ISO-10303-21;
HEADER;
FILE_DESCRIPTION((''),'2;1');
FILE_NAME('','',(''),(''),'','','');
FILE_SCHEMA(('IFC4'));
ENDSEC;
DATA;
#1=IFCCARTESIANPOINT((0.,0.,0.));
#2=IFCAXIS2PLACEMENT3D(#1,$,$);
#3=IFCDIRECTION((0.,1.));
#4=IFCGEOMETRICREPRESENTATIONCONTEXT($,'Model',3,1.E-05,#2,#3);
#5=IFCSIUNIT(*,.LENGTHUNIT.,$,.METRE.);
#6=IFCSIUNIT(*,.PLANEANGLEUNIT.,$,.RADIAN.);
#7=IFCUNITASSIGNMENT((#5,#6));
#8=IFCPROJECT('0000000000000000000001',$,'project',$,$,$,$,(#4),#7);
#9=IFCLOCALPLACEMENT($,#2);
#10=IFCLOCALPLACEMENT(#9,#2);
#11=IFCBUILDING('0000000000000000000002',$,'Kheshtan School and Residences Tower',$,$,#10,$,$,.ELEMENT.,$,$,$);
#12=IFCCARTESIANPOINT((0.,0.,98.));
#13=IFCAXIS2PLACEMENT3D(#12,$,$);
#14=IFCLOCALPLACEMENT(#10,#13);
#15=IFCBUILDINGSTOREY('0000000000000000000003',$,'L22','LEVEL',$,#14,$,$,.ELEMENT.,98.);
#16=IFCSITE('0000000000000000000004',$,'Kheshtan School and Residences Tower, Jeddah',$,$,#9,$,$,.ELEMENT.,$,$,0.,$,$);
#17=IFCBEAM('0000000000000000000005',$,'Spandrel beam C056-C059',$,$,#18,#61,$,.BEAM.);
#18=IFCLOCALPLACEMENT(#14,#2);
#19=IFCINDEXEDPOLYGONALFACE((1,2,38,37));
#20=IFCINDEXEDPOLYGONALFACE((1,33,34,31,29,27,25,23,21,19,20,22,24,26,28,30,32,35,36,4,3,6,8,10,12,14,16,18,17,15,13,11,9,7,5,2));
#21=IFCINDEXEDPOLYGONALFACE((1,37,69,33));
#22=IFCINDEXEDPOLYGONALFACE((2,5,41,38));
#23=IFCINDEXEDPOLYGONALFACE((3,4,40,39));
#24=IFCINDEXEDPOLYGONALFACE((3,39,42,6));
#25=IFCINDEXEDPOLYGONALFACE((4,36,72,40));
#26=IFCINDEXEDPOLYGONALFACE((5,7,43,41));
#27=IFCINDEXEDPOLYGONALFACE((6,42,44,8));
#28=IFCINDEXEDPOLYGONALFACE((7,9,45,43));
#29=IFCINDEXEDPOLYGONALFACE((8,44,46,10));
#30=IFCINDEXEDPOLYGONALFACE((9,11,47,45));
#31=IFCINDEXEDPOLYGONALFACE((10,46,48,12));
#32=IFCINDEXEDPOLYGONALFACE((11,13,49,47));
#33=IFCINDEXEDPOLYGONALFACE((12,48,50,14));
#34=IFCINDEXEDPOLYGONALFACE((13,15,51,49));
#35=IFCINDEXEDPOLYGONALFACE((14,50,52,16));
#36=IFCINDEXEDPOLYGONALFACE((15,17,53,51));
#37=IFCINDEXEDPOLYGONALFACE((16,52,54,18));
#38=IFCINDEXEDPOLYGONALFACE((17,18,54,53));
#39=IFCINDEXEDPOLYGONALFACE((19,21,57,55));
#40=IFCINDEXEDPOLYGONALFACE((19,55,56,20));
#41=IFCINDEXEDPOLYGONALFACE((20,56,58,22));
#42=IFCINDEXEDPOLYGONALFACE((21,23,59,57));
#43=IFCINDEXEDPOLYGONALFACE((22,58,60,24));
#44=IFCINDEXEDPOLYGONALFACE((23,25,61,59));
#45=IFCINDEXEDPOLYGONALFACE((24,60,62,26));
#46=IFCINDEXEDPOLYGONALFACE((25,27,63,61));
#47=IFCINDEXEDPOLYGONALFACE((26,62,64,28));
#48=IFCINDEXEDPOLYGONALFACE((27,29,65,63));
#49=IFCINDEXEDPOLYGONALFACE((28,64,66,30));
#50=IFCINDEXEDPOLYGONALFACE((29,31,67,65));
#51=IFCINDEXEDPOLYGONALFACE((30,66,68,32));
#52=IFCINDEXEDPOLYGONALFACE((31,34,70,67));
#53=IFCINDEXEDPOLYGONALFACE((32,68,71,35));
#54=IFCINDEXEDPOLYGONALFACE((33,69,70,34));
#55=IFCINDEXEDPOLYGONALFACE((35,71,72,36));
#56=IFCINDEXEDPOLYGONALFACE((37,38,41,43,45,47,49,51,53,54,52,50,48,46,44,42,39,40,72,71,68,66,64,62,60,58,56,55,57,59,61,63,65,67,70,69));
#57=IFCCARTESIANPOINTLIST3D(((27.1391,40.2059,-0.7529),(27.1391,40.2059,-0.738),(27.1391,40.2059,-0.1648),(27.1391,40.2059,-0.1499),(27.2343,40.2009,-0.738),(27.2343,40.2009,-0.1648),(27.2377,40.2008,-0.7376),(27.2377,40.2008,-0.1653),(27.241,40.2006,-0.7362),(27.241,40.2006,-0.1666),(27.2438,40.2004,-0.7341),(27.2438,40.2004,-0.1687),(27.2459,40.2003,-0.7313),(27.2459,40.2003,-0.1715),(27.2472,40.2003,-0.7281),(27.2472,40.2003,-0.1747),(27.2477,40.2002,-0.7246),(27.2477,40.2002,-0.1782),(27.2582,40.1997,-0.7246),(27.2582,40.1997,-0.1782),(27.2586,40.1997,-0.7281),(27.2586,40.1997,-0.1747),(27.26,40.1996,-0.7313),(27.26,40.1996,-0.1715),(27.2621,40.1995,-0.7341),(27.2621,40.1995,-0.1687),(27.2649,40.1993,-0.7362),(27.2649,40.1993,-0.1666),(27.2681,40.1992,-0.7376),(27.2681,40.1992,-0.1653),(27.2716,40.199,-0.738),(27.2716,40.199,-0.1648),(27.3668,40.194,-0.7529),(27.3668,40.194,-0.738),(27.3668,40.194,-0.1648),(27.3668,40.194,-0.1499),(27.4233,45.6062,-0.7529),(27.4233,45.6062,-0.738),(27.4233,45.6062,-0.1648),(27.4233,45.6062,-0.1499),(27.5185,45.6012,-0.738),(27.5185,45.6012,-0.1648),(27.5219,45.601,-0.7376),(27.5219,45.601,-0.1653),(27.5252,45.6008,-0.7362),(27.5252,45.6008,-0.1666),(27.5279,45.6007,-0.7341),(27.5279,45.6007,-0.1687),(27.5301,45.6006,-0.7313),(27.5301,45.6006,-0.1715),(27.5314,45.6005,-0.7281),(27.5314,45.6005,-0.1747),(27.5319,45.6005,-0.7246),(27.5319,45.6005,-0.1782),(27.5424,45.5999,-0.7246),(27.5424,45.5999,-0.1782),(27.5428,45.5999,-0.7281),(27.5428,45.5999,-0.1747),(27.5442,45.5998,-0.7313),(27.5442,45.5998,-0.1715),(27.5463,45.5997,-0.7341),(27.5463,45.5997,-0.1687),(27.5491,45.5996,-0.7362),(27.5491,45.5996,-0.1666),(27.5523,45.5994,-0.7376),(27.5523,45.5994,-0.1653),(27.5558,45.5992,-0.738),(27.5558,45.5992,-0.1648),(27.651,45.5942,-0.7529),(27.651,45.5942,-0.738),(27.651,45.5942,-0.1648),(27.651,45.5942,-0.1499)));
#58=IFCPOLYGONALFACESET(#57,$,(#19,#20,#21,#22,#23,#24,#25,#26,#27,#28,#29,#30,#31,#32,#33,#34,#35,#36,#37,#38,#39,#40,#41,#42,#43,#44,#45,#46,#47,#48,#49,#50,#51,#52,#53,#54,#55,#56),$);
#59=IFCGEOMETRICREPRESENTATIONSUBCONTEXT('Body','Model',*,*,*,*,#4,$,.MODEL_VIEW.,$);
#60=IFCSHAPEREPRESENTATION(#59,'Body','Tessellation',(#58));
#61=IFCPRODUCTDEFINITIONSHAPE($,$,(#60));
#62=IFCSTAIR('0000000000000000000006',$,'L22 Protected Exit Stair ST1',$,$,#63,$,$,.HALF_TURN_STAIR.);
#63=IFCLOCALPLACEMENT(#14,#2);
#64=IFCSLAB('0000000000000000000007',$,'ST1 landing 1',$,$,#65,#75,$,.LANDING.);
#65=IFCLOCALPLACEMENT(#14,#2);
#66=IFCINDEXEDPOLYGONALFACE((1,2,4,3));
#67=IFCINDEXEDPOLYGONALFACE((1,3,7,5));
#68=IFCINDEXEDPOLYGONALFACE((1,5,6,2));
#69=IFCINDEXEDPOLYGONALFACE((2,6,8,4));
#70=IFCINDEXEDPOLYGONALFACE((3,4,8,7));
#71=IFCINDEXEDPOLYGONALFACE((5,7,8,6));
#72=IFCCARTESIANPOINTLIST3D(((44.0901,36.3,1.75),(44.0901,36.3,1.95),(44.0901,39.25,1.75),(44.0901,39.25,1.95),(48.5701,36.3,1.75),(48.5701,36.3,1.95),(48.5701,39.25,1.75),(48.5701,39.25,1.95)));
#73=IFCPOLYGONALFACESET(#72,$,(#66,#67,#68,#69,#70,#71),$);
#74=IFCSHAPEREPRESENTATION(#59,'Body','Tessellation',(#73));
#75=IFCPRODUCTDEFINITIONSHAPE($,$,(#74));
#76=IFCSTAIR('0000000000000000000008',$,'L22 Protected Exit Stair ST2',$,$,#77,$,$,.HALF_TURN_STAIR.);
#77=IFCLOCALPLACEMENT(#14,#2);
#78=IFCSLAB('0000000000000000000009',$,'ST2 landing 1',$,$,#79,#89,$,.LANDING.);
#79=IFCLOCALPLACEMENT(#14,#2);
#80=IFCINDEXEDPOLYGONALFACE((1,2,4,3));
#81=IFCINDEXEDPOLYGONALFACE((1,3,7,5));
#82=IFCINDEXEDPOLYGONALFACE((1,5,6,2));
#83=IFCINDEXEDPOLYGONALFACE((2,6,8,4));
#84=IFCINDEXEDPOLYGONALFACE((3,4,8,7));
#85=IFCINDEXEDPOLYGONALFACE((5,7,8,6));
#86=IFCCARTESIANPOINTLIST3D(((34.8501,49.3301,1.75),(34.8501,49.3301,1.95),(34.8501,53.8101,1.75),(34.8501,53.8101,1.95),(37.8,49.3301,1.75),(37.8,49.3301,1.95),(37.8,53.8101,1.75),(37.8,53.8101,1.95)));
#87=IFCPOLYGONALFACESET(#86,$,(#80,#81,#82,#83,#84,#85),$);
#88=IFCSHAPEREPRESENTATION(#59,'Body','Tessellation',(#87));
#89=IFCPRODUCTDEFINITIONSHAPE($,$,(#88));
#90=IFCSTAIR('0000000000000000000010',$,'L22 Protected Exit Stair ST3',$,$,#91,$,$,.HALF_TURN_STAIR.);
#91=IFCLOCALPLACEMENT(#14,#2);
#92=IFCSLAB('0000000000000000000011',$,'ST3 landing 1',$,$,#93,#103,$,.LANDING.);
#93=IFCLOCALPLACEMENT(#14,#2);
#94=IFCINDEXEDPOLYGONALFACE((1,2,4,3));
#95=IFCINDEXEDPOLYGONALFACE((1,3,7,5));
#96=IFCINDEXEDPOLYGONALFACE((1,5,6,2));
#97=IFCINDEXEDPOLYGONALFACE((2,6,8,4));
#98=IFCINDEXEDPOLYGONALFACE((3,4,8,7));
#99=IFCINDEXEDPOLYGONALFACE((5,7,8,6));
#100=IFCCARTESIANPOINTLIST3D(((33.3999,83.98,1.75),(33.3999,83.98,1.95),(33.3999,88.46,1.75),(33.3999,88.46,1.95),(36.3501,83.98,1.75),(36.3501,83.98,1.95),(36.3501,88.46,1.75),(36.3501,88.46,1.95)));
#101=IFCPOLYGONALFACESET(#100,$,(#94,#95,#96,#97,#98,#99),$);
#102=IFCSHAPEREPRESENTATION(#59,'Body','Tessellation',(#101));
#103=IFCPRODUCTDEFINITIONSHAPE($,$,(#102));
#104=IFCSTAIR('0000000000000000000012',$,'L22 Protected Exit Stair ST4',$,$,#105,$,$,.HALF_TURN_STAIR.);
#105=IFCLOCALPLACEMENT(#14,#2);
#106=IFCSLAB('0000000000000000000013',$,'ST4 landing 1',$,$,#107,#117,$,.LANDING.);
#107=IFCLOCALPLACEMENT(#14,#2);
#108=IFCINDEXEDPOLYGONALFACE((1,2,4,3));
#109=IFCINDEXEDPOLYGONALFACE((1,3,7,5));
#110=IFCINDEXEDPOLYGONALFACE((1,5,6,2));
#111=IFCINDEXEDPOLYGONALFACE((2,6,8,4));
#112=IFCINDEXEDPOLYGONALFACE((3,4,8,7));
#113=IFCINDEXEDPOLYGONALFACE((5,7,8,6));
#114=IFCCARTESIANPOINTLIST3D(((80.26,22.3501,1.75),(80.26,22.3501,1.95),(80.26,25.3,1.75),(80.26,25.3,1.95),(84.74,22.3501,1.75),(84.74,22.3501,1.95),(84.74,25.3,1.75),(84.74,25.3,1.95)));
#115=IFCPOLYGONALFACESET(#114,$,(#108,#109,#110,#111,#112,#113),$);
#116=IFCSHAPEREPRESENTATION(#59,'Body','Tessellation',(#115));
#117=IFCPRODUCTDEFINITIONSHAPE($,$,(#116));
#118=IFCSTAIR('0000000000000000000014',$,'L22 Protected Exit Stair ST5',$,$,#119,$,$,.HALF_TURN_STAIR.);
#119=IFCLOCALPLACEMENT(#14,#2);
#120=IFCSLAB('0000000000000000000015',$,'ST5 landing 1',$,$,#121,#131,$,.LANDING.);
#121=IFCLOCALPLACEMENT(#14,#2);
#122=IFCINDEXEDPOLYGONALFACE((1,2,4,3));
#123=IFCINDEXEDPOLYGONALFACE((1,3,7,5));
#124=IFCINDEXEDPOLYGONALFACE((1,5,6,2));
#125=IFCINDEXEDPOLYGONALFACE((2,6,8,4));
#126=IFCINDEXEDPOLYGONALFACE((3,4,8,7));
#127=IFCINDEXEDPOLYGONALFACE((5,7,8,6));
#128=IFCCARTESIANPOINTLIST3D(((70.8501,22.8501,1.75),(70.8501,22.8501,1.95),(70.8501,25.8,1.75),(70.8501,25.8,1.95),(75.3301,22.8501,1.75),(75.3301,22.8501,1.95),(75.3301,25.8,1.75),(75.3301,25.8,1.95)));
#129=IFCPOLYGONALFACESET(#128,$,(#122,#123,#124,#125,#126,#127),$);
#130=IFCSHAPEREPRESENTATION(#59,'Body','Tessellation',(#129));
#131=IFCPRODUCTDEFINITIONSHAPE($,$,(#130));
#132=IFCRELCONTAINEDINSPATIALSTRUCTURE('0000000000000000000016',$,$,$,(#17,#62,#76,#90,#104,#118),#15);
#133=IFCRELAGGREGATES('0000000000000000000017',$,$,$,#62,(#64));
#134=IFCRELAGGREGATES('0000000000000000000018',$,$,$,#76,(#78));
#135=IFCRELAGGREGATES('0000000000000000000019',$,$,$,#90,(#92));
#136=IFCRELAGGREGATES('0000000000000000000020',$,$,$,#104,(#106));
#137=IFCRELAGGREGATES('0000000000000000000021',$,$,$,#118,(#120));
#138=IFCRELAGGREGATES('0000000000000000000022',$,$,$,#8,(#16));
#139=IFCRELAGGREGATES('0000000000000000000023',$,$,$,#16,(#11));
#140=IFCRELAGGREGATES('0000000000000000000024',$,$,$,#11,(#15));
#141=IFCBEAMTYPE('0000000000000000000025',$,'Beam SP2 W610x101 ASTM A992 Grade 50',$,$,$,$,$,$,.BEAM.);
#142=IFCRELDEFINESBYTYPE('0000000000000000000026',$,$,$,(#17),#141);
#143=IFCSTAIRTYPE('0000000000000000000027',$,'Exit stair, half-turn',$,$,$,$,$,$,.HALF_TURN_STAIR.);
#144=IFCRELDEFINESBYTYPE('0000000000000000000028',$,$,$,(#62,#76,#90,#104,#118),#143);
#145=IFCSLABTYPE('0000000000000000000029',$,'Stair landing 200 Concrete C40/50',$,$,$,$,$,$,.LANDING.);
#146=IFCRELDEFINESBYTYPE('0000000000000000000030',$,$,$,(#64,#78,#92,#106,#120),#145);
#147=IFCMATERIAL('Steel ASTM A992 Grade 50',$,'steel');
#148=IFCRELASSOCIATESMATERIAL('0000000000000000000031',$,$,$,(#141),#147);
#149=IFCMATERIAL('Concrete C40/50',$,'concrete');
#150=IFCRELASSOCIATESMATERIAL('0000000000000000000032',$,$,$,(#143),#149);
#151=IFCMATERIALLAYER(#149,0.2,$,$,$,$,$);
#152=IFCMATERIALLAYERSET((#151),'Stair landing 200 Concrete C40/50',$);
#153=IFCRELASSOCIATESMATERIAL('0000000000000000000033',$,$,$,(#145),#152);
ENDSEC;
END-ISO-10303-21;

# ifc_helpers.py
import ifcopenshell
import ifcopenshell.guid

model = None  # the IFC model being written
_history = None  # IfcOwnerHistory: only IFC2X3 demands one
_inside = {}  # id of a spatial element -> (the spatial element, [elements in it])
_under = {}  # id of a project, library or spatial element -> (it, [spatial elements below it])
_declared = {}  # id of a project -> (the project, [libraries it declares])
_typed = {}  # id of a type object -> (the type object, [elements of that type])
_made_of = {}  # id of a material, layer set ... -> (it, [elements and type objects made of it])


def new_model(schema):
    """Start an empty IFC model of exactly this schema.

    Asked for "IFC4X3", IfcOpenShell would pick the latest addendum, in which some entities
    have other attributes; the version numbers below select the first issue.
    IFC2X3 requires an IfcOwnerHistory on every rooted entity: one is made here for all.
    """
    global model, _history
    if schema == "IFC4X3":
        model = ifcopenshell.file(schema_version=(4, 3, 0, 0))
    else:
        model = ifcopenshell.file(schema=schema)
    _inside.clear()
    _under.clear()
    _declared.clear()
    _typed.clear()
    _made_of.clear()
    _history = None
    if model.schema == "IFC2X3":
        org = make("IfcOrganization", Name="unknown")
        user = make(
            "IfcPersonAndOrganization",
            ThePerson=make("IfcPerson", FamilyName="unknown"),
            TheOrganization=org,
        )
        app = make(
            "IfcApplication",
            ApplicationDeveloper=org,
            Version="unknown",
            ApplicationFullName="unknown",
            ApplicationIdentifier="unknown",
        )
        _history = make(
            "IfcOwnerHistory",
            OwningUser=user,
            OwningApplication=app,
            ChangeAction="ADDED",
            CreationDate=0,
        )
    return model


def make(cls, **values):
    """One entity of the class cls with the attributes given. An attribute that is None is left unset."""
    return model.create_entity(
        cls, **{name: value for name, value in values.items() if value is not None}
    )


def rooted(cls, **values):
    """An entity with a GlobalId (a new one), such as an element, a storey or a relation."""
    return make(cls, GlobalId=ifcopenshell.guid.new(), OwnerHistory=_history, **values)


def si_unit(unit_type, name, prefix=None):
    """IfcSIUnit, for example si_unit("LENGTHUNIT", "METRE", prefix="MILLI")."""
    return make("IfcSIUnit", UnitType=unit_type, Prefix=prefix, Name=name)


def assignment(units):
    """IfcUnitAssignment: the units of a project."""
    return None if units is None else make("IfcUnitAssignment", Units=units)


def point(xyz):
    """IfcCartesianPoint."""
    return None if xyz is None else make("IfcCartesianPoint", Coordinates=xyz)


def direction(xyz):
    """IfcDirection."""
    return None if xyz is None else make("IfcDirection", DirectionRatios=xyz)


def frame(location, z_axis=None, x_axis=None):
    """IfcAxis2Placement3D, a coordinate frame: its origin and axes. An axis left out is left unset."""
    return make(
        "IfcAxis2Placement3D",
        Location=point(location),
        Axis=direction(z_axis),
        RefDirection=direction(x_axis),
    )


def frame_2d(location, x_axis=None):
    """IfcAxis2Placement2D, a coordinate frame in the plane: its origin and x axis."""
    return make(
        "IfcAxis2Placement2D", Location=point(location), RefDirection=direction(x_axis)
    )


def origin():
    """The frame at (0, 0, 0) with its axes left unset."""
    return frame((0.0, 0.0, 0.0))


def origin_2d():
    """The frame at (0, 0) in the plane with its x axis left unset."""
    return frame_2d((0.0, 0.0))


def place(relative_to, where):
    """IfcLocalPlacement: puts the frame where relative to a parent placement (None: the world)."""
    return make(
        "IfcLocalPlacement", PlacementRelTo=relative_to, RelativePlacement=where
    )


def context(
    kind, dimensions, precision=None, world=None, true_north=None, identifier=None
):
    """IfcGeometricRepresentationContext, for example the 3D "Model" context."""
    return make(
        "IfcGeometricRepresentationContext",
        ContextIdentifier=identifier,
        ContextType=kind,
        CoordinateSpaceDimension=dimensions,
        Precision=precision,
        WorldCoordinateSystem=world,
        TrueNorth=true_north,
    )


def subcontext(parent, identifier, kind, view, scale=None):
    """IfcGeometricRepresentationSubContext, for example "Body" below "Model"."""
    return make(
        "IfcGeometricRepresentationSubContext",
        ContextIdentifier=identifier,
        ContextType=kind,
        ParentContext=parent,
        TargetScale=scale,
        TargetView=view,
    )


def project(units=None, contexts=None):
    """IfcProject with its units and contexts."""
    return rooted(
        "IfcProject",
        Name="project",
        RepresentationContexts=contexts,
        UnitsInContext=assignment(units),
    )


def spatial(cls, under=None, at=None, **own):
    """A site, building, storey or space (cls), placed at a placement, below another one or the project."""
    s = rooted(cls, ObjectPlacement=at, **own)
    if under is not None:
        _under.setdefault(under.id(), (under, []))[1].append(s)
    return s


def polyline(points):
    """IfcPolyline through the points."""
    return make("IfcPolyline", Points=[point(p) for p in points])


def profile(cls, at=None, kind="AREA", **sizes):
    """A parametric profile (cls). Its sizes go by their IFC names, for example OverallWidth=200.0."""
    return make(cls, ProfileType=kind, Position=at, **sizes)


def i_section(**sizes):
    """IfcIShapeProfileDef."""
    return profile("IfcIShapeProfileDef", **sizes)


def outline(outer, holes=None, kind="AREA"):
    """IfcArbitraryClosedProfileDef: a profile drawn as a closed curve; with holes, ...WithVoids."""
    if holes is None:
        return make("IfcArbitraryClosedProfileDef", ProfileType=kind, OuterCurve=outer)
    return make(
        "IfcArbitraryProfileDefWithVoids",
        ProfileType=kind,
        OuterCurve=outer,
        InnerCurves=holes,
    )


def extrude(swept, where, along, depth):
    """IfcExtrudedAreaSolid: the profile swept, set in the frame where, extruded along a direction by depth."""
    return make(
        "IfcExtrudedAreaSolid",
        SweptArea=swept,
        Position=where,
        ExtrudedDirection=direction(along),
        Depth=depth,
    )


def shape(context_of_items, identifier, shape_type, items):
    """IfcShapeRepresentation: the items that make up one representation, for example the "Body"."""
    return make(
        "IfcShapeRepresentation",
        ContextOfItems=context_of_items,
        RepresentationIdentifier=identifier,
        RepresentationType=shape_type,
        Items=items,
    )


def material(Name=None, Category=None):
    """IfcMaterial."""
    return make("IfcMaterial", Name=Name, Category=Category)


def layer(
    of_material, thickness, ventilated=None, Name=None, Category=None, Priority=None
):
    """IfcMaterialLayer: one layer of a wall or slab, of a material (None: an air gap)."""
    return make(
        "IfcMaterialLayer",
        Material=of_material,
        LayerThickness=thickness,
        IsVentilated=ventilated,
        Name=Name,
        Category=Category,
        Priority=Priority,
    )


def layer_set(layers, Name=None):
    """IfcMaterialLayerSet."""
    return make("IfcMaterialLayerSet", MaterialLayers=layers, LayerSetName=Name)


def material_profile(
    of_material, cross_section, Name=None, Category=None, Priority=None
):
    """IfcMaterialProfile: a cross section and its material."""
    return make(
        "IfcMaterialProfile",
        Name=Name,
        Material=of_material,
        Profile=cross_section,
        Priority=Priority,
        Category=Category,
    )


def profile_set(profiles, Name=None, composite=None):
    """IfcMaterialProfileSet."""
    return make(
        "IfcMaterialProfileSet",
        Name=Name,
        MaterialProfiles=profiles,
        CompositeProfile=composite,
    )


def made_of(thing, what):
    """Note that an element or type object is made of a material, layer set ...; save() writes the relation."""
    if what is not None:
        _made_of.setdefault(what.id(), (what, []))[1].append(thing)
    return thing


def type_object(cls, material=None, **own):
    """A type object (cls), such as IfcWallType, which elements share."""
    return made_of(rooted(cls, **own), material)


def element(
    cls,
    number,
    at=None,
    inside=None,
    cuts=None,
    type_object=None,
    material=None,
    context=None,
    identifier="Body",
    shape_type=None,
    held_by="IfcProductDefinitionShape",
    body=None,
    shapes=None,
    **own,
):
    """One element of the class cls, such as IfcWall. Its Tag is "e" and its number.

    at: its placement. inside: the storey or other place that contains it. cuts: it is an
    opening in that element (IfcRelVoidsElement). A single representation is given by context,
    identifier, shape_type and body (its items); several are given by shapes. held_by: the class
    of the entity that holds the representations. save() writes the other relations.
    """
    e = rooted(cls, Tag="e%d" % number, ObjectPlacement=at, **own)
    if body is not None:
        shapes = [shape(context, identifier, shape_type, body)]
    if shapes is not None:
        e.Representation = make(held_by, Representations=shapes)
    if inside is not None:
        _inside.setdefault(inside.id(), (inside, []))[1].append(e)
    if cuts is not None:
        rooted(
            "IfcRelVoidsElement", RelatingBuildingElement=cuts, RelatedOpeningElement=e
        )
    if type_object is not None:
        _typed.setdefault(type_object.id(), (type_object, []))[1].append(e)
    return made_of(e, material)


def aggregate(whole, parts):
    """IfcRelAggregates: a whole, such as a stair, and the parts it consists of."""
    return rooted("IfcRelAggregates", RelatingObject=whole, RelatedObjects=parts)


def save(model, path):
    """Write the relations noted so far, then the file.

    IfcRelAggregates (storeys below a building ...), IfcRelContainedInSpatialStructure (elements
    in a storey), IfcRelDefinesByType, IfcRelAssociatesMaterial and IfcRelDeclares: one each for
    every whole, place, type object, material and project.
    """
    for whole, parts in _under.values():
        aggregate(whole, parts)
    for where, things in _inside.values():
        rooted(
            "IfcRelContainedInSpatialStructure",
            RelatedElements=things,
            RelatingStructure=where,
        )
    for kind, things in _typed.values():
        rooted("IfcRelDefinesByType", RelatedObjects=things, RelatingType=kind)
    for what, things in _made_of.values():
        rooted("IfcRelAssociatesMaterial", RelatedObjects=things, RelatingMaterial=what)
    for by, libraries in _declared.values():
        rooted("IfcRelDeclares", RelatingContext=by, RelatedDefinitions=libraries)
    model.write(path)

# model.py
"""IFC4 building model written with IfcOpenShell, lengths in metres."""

from ifc_helpers import new_model, si_unit, direction, frame, origin, origin_2d, place, context, subcontext, project, spatial, polyline, i_section, outline, extrude, material, layer, layer_set, material_profile, profile_set, type_object, element, aggregate, save


model = new_model("IFC4")

# Units and contexts
model_context = context("Model", 3, precision=1e-05, world=origin(), true_north=direction((0.0, 1.0)))
body_context = subcontext(model_context, "Body", "Model", "MODEL_VIEW")
ifc_project = project(units=[si_unit("LENGTHUNIT", "METRE"), si_unit("PLANEANGLEUNIT", "RADIAN")], contexts=[model_context])

# Site, building, storey
site_placement = place(None, origin())
site = spatial("IfcSite", under=ifc_project, at=site_placement, Name="Kheshtan School and Residences Tower, Jeddah", CompositionType="ELEMENT", RefElevation=0.0)
building_placement = place(site_placement, origin())
building = spatial("IfcBuilding", under=site, at=building_placement, Name="Kheshtan School and Residences Tower", CompositionType="ELEMENT")
storey_placement = place(building_placement, frame((0.0, 0.0, 98.0)))
storey = spatial("IfcBuildingStorey", under=building, at=storey_placement, Name="L22", Description="LEVEL", CompositionType="ELEMENT", Elevation=98.0)

# Shared definitions
ifc_material_1 = material(Name="Steel ASTM A992 Grade 50", Category="steel")

# Beam
ifc_material_profile_1 = material_profile(ifc_material_1, i_section(OverallWidth=0.228, OverallDepth=0.603, WebThickness=0.0105, FlangeThickness=0.0149, FilletRadius=0.0134, at=origin_2d()), Name="W610x101")
ifc_profile_set_1 = profile_set([ifc_material_profile_1], Name="Steel ASTM A992 Grade 50")
beam_type_1 = type_object("IfcBeamType", Name="Beam SP2 W610x101 ASTM A992 Grade 50", PredefinedType="BEAM", material=ifc_profile_set_1)
beam_1_placement = place(storey_placement, frame((27.2529, 40.2, -0.4514), z_axis=(0.052552, 0.998618, 0.0), x_axis=(-0.998618, 0.052552, 0.0)))
element("IfcBeam", 1, at=beam_1_placement, inside=storey, type_object=beam_type_1, Name="Spandrel beam C056-C059", PredefinedType="BEAM", context=body_context, shape_type="SweptSolid", body=[
    extrude(i_section(OverallWidth=0.228, OverallDepth=0.603, WebThickness=0.0105, FlangeThickness=0.0149, FilletRadius=0.0134, at=origin_2d()), origin(), (0.0, 0.0, 1.0), 5.4077),
])

# Shared definitions
ifc_material_2 = material(Name="Concrete C40/50", Category="concrete")

# Stairs, slabs
stair_type = type_object("IfcStairType", Name="Exit stair, half-turn", PredefinedType="HALF_TURN_STAIR", material=ifc_material_2)
stair_1_placement = place(storey_placement, origin())
stair_1 = element("IfcStair", 2, at=stair_1_placement, inside=storey, type_object=stair_type, Name="L22 Protected Exit Stair ST1", PredefinedType="HALF_TURN_STAIR")
ifc_layer_1 = layer(ifc_material_2, 0.2)
ifc_layer_set_1 = layer_set([ifc_layer_1], Name="Stair landing 200 Concrete C40/50")
slab_type_1 = type_object("IfcSlabType", Name="Stair landing 200 Concrete C40/50", PredefinedType="LANDING", material=ifc_layer_set_1)
slab_1_placement = place(storey_placement, frame((0.0, 0.0, 1.75)))
slab_1 = element("IfcSlab", 3, at=slab_1_placement, type_object=slab_type_1, Name="ST1 landing 1", PredefinedType="LANDING", context=body_context, shape_type="SweptSolid", body=[
    extrude(outline(polyline([(48.5701, 39.25), (44.0901, 39.25), (44.0901, 36.3), (48.5701, 36.3), (48.5701, 39.25)])), origin(), (0.0, 0.0, 1.0), 0.2),
])
aggregate(stair_1, [slab_1])
stair_2_placement = place(storey_placement, origin())
stair_2 = element("IfcStair", 4, at=stair_2_placement, inside=storey, type_object=stair_type, Name="L22 Protected Exit Stair ST2", PredefinedType="HALF_TURN_STAIR")
slab_2_placement = place(storey_placement, frame((0.0, 0.0, 1.75)))
slab_2 = element("IfcSlab", 5, at=slab_2_placement, type_object=slab_type_1, Name="ST2 landing 1", PredefinedType="LANDING", context=body_context, shape_type="SweptSolid", body=[
    extrude(outline(polyline([(37.8, 49.3301), (37.8, 53.8101), (34.8501, 53.8101), (34.8501, 49.3301), (37.8, 49.3301)])), origin(), (0.0, 0.0, 1.0), 0.2),
])
aggregate(stair_2, [slab_2])
stair_3_placement = place(storey_placement, origin())
stair_3 = element("IfcStair", 6, at=stair_3_placement, inside=storey, type_object=stair_type, Name="L22 Protected Exit Stair ST3", PredefinedType="HALF_TURN_STAIR")
slab_3_placement = place(storey_placement, frame((0.0, 0.0, 1.75)))
slab_3 = element("IfcSlab", 7, at=slab_3_placement, type_object=slab_type_1, Name="ST3 landing 1", PredefinedType="LANDING", context=body_context, shape_type="SweptSolid", body=[
    extrude(outline(polyline([(36.3501, 83.98), (36.3501, 88.46), (33.3999, 88.46), (33.3999, 83.98), (36.3501, 83.98)])), origin(), (0.0, 0.0, 1.0), 0.2),
])
aggregate(stair_3, [slab_3])
stair_4_placement = place(storey_placement, origin())
stair_4 = element("IfcStair", 8, at=stair_4_placement, inside=storey, type_object=stair_type, Name="L22 Protected Exit Stair ST4", PredefinedType="HALF_TURN_STAIR")
slab_4_placement = place(storey_placement, frame((0.0, 0.0, 1.75)))
slab_4 = element("IfcSlab", 9, at=slab_4_placement, type_object=slab_type_1, Name="ST4 landing 1", PredefinedType="LANDING", context=body_context, shape_type="SweptSolid", body=[
    extrude(outline(polyline([(84.74, 25.3), (80.26, 25.3), (80.26, 22.3501), (84.74, 22.3501), (84.74, 25.3)])), origin(), (0.0, 0.0, 1.0), 0.2),
])
aggregate(stair_4, [slab_4])
stair_5_placement = place(storey_placement, origin())
stair_5 = element("IfcStair", 10, at=stair_5_placement, inside=storey, type_object=stair_type, Name="L22 Protected Exit Stair ST5", PredefinedType="HALF_TURN_STAIR")
slab_5_placement = place(storey_placement, frame((0.0, 0.0, 1.75)))
slab_5 = element("IfcSlab", 11, at=slab_5_placement, type_object=slab_type_1, Name="ST5 landing 1", PredefinedType="LANDING", context=body_context, shape_type="SweptSolid", body=[
    extrude(outline(polyline([(75.3301, 25.8), (70.8501, 25.8), (70.8501, 22.8501), (75.3301, 22.8501), (75.3301, 25.8)])), origin(), (0.0, 0.0, 1.0), 0.2),
])
aggregate(stair_5, [slab_5])

save(model, "model.ifc")
